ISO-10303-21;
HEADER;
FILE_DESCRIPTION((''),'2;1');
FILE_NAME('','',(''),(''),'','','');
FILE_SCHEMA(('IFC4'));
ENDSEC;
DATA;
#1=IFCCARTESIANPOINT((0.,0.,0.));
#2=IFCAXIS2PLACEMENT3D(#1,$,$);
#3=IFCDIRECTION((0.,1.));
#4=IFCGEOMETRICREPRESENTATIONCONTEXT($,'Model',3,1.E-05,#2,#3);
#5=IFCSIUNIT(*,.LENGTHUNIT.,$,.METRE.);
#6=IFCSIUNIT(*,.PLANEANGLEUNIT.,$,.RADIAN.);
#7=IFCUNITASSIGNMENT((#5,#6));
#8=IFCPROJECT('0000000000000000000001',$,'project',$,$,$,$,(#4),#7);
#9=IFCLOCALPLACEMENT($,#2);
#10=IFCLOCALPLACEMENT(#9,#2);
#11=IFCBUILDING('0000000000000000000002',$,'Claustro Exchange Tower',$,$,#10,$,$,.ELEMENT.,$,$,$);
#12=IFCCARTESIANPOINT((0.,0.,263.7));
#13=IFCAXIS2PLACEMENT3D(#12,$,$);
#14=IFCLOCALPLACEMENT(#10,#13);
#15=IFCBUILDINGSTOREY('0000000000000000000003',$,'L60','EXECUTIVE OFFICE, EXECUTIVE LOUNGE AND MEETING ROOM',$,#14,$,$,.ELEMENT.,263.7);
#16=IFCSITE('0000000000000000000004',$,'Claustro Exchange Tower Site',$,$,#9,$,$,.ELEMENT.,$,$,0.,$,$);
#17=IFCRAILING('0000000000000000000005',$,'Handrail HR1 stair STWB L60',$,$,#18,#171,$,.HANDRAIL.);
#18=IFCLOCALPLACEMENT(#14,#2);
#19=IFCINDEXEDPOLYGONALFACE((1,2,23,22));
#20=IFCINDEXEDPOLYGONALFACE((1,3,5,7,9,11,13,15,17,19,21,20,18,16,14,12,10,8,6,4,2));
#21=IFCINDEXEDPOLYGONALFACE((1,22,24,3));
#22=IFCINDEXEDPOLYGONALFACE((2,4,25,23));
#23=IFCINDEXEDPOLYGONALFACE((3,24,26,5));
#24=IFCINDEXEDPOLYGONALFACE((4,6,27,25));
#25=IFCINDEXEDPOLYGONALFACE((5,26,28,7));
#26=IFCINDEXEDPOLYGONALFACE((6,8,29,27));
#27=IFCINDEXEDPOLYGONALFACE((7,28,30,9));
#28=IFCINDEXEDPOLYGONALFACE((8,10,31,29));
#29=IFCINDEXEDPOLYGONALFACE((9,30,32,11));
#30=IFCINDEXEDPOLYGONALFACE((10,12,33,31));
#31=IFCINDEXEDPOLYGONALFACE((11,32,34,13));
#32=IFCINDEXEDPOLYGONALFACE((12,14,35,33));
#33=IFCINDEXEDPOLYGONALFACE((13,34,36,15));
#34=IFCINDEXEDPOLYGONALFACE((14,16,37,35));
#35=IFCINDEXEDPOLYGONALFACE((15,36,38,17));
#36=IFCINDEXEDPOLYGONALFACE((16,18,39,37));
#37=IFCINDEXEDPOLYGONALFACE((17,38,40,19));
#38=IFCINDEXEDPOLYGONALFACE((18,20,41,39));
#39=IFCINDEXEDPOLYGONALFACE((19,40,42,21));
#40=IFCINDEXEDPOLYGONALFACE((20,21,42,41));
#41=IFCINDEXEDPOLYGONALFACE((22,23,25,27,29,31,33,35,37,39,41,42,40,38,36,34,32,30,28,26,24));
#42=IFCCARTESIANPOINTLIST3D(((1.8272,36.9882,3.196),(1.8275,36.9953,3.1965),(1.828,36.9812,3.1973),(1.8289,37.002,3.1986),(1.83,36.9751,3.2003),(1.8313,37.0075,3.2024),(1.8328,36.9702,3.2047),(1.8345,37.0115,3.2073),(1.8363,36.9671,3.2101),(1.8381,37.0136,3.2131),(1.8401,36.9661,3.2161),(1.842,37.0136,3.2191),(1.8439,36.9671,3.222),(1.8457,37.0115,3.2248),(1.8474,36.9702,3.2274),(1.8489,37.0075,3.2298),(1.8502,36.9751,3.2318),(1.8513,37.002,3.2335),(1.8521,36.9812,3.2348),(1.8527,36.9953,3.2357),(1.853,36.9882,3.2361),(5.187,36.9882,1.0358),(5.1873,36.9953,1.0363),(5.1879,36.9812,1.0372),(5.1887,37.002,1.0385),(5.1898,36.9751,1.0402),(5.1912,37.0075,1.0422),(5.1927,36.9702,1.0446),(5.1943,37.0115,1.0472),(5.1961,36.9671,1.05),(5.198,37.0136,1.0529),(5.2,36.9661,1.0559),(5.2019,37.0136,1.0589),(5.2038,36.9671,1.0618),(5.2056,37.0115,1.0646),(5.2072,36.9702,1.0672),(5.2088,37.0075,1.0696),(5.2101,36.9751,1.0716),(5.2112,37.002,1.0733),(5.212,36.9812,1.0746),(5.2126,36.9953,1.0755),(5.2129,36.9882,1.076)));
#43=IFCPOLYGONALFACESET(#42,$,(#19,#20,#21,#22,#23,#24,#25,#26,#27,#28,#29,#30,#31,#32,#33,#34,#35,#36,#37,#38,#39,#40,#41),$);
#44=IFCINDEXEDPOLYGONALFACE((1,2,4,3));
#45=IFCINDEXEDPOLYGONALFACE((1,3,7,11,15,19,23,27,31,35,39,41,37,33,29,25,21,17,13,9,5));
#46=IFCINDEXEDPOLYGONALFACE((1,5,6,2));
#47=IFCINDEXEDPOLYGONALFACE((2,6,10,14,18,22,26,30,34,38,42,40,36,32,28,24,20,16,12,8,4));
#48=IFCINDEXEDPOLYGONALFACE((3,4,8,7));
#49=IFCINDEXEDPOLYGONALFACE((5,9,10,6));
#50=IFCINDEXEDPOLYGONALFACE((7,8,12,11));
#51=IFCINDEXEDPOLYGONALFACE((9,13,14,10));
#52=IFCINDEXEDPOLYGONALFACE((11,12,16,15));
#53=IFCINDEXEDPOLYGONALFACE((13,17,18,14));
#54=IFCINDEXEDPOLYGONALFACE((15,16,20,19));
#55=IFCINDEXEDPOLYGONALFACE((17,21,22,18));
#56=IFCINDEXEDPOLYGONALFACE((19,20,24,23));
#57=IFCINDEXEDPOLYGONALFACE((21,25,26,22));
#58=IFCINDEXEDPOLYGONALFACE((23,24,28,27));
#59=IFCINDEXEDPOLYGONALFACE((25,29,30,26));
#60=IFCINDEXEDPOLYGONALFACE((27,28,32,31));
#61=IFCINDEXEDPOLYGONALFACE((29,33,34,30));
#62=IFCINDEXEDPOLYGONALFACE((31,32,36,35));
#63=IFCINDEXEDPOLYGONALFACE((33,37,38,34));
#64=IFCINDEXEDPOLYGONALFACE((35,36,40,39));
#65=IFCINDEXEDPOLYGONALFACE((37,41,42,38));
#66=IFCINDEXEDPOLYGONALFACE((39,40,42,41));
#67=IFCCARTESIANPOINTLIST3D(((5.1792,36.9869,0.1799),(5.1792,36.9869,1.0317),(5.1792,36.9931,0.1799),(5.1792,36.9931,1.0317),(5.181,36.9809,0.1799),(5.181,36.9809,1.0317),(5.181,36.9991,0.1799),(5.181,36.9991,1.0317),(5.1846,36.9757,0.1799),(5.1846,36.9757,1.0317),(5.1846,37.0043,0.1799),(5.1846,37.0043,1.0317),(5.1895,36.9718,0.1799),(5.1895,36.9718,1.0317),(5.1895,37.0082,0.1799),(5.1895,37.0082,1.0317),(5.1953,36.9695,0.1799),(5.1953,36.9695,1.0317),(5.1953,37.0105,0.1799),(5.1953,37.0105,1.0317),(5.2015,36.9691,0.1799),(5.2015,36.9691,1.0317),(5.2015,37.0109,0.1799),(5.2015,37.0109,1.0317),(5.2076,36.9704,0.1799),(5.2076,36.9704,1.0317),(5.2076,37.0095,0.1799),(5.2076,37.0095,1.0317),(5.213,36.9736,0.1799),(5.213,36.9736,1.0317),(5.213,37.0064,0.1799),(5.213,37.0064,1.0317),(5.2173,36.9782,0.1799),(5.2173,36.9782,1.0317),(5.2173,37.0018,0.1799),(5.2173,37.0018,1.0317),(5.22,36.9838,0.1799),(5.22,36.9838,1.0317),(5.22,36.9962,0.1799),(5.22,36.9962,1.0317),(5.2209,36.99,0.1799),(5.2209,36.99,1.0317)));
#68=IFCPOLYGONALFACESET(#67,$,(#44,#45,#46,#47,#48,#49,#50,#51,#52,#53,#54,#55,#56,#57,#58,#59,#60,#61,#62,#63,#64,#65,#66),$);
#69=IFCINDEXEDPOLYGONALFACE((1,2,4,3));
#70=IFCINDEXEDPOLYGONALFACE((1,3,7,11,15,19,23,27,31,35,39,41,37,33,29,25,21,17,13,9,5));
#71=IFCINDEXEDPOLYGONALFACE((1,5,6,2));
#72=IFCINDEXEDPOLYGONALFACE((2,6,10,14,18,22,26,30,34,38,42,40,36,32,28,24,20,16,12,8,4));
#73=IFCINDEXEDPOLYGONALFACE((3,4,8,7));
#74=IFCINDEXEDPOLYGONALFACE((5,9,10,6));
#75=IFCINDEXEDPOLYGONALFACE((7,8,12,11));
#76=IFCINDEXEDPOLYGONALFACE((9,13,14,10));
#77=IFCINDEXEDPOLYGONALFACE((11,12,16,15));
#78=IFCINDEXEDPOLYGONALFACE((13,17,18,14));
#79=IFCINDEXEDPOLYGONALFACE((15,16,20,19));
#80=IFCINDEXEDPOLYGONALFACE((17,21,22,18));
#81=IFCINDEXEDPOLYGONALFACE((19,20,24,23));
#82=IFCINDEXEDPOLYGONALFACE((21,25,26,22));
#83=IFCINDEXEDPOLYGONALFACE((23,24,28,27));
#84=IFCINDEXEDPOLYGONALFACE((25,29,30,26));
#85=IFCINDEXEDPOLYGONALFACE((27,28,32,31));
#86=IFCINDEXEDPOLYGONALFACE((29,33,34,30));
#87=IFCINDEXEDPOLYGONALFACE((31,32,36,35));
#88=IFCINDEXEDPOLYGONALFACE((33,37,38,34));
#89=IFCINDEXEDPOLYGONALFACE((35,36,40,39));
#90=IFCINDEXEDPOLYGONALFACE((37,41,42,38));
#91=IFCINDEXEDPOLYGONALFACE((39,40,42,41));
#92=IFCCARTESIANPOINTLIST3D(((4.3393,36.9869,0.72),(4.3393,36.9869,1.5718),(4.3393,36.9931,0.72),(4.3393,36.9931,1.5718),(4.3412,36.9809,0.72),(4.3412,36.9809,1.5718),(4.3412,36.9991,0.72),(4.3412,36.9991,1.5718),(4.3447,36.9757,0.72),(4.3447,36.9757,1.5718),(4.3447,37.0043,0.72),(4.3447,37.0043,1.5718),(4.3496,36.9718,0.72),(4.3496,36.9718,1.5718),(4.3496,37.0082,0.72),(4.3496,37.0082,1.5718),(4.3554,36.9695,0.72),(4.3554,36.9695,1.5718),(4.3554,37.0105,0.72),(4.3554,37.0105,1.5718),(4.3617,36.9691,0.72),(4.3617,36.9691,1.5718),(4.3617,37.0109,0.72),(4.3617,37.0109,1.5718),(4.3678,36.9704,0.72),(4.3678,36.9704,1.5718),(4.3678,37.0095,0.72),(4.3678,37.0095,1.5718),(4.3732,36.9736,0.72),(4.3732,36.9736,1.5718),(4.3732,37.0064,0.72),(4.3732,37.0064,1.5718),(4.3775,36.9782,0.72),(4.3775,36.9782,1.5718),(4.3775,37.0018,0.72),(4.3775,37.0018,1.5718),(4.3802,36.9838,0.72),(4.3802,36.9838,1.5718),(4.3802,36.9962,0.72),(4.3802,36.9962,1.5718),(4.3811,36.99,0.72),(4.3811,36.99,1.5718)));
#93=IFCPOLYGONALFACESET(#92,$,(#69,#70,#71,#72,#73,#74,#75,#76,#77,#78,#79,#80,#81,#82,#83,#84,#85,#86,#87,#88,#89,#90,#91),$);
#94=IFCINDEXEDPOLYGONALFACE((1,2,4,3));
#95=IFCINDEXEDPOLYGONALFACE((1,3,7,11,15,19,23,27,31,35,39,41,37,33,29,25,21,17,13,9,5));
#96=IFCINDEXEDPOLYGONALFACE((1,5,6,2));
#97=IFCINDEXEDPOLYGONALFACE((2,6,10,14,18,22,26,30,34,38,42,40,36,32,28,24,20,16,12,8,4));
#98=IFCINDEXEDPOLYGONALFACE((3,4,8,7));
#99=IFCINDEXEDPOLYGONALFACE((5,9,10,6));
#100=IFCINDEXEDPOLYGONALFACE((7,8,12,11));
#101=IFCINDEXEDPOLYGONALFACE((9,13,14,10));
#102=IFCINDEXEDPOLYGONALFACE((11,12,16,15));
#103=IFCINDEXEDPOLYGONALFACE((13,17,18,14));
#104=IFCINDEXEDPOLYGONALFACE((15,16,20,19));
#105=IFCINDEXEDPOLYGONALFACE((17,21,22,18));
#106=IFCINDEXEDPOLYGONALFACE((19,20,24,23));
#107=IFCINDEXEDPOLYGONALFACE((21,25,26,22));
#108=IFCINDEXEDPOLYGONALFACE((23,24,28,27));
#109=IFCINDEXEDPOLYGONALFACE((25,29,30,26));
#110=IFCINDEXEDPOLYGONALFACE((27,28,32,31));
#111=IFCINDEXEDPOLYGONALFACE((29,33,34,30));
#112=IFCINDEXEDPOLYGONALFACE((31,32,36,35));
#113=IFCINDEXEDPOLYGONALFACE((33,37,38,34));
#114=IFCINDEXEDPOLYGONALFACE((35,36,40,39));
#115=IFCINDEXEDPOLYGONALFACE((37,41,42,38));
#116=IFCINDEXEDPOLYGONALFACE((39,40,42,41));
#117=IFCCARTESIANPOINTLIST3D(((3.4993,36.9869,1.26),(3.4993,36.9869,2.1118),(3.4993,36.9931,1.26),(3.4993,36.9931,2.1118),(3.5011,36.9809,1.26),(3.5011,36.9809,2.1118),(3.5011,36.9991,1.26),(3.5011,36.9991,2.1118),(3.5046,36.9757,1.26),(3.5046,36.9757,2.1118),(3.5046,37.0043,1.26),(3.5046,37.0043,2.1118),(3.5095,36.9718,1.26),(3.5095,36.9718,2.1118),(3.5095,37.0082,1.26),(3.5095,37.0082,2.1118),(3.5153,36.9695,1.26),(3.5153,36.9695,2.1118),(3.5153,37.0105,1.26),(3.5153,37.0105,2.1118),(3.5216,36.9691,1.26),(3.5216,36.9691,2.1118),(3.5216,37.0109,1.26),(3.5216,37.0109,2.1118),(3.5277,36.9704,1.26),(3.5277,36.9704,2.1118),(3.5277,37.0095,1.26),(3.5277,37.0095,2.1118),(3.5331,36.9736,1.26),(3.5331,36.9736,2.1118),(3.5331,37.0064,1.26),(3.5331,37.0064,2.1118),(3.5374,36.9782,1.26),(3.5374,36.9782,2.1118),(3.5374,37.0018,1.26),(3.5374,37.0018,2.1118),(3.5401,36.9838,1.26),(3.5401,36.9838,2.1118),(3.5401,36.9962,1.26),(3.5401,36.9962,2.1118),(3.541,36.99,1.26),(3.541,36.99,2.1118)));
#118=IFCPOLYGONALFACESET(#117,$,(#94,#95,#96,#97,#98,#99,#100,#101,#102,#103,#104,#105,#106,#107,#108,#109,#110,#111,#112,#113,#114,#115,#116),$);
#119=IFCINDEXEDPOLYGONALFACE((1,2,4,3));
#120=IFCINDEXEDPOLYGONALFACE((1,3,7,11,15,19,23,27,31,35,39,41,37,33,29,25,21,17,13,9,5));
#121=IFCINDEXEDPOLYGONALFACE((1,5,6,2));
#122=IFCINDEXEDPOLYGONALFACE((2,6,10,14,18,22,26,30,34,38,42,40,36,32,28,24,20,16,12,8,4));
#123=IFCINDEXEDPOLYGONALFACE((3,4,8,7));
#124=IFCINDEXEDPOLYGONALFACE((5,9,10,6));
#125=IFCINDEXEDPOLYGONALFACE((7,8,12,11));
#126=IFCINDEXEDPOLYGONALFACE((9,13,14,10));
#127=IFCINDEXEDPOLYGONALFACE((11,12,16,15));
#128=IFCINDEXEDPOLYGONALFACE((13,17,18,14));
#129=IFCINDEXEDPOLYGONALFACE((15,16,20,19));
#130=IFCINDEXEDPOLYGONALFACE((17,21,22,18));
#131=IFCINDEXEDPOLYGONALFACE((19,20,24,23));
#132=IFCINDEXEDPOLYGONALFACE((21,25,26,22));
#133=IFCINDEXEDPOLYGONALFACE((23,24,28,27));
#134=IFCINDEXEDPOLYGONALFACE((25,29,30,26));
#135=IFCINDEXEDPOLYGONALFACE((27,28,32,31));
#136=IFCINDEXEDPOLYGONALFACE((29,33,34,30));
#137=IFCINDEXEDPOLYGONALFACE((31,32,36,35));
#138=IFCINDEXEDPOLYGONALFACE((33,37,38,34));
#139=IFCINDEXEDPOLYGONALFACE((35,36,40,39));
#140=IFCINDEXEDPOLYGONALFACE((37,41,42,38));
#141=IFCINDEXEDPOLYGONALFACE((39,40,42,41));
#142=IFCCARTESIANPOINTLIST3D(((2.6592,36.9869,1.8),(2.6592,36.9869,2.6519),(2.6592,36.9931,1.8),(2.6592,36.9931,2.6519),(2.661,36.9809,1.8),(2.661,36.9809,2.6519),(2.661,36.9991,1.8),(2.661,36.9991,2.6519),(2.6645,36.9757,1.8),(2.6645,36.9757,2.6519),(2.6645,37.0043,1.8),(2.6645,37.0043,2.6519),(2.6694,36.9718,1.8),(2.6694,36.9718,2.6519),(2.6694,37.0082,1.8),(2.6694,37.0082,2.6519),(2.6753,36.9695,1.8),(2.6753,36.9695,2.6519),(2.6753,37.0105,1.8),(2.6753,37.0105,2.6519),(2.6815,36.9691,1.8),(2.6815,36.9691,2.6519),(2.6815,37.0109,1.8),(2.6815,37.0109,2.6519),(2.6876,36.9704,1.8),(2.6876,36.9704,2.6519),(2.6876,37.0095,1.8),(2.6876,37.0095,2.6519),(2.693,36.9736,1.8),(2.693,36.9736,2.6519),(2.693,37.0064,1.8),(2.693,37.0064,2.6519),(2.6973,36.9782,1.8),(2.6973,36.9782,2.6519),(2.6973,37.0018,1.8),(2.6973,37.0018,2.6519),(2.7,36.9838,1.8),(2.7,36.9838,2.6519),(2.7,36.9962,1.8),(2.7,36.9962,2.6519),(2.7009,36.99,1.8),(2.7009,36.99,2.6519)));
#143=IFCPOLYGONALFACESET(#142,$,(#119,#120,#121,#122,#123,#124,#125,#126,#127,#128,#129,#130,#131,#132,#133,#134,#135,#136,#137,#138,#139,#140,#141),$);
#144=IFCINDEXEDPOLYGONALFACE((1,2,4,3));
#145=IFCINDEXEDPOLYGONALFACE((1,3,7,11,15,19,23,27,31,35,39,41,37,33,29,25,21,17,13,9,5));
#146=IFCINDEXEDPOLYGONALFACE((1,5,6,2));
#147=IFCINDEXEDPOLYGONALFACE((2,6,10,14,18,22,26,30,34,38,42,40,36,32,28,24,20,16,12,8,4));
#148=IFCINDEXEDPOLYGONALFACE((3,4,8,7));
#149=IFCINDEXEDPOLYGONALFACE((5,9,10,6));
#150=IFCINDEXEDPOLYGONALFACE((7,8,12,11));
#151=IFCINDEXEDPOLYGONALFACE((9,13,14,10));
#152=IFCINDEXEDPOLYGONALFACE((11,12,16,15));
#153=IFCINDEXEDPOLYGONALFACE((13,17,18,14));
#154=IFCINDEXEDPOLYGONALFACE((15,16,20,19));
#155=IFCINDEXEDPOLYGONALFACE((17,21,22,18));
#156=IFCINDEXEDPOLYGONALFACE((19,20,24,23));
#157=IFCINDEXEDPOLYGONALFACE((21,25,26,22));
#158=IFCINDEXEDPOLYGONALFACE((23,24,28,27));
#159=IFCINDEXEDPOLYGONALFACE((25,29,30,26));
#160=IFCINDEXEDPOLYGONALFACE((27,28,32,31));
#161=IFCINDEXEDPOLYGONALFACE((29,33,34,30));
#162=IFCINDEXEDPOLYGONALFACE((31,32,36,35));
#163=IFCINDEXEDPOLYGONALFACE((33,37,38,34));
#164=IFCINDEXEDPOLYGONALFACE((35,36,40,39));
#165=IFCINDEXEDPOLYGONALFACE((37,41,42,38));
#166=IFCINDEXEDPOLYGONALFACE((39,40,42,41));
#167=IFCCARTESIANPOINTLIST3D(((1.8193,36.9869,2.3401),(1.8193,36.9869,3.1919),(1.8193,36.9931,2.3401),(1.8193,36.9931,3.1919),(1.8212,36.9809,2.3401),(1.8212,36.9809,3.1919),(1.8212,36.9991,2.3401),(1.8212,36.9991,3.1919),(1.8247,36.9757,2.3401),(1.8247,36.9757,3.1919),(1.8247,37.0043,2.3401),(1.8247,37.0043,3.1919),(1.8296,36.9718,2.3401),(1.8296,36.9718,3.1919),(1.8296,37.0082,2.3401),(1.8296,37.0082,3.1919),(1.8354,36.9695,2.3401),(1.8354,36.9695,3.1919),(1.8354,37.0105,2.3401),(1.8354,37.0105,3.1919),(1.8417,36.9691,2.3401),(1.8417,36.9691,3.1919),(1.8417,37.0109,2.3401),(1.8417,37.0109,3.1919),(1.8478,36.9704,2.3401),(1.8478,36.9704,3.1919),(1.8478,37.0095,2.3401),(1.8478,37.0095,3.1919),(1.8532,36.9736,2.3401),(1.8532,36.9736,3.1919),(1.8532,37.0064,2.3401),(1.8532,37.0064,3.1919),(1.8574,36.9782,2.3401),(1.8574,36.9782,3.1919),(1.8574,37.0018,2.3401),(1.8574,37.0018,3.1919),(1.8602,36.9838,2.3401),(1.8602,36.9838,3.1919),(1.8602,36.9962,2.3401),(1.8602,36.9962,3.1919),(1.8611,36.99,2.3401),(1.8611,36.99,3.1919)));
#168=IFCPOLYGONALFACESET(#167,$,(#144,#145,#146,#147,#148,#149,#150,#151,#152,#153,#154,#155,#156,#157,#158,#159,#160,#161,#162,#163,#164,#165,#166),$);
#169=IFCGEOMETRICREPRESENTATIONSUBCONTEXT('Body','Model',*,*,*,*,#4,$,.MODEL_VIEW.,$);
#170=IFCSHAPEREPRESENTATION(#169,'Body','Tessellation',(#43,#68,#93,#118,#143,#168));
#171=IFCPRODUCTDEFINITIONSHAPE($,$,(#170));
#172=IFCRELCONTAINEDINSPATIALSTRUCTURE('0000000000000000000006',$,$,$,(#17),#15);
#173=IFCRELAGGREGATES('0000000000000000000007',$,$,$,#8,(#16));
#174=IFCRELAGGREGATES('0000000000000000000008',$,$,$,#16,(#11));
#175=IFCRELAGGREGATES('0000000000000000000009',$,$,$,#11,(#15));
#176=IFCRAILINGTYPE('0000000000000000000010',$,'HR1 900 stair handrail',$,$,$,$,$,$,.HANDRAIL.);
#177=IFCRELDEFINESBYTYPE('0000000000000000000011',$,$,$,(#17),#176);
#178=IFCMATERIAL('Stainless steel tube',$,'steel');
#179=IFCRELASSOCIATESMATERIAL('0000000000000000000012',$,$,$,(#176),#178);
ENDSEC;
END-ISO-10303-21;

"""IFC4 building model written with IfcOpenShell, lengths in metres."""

from ifc_helpers import new_model, si_unit, direction, frame, origin, origin_2d, place, context, subcontext, project, spatial, circle, extrude, material, type_object, element, save


model = new_model("IFC4")

# Units and contexts
model_context = context("Model", 3, precision=1e-05, world=origin(), true_north=direction((0.0, 1.0)))
body_context = subcontext(model_context, "Body", "Model", "MODEL_VIEW")
ifc_project = project(units=[si_unit("LENGTHUNIT", "METRE"), si_unit("PLANEANGLEUNIT", "RADIAN")], contexts=[model_context])

# Site, building, storey
site_placement = place(None, origin())
site = spatial("IfcSite", under=ifc_project, at=site_placement, Name="Claustro Exchange Tower Site", CompositionType="ELEMENT", RefElevation=0.0)
building_placement = place(site_placement, origin())
building = spatial("IfcBuilding", under=site, at=building_placement, Name="Claustro Exchange Tower", CompositionType="ELEMENT")
storey_placement = place(building_placement, frame((0.0, 0.0, 263.7)))
storey = spatial("IfcBuildingStorey", under=building, at=storey_placement, Name="L60", Description="EXECUTIVE OFFICE, EXECUTIVE LOUNGE AND MEETING ROOM", CompositionType="ELEMENT", Elevation=263.7)

# Railing
ifc_material_1 = material(Name="Stainless steel tube", Category="steel")
railing_type_1 = type_object("IfcRailingType", Name="HR1 900 stair handrail", PredefinedType="HANDRAIL", material=ifc_material_1)
railing_1_placement = place(storey_placement, frame((5.2, 36.99, 0.1799)))
element("IfcRailing", 1, at=railing_1_placement, inside=storey, type_object=railing_type_1, Name="Handrail HR1 stair STWB L60", PredefinedType="HANDRAIL", context=body_context, shape_type="SweptSolid", body=[
    extrude(circle(Radius=0.0239, at=origin_2d()), frame((0.0, 0.0, 0.876), z_axis=(-0.841151, 0.0, 0.540801), x_axis=(0.0, -1.0, 0.0)), (0.0, 0.0, 1.0), 3.9944),
    extrude(circle(Radius=0.021, at=origin_2d()), origin(), (0.0, 0.0, 1.0), 0.8518),
    extrude(circle(Radius=0.021, at=origin_2d()), frame((-0.8398, 0.0, 0.54)), (0.0, 0.0, 1.0), 0.8518),
    extrude(circle(Radius=0.021, at=origin_2d()), frame((-1.6799, 0.0, 1.0801)), (0.0, 0.0, 1.0), 0.8518),
    extrude(circle(Radius=0.021, at=origin_2d()), frame((-2.52, 0.0, 1.6201)), (0.0, 0.0, 1.0), 0.8518),
    extrude(circle(Radius=0.021, at=origin_2d()), frame((-3.3599, 0.0, 2.1602)), (0.0, 0.0, 1.0), 0.8518),
])

save(model, "model.ifc")
